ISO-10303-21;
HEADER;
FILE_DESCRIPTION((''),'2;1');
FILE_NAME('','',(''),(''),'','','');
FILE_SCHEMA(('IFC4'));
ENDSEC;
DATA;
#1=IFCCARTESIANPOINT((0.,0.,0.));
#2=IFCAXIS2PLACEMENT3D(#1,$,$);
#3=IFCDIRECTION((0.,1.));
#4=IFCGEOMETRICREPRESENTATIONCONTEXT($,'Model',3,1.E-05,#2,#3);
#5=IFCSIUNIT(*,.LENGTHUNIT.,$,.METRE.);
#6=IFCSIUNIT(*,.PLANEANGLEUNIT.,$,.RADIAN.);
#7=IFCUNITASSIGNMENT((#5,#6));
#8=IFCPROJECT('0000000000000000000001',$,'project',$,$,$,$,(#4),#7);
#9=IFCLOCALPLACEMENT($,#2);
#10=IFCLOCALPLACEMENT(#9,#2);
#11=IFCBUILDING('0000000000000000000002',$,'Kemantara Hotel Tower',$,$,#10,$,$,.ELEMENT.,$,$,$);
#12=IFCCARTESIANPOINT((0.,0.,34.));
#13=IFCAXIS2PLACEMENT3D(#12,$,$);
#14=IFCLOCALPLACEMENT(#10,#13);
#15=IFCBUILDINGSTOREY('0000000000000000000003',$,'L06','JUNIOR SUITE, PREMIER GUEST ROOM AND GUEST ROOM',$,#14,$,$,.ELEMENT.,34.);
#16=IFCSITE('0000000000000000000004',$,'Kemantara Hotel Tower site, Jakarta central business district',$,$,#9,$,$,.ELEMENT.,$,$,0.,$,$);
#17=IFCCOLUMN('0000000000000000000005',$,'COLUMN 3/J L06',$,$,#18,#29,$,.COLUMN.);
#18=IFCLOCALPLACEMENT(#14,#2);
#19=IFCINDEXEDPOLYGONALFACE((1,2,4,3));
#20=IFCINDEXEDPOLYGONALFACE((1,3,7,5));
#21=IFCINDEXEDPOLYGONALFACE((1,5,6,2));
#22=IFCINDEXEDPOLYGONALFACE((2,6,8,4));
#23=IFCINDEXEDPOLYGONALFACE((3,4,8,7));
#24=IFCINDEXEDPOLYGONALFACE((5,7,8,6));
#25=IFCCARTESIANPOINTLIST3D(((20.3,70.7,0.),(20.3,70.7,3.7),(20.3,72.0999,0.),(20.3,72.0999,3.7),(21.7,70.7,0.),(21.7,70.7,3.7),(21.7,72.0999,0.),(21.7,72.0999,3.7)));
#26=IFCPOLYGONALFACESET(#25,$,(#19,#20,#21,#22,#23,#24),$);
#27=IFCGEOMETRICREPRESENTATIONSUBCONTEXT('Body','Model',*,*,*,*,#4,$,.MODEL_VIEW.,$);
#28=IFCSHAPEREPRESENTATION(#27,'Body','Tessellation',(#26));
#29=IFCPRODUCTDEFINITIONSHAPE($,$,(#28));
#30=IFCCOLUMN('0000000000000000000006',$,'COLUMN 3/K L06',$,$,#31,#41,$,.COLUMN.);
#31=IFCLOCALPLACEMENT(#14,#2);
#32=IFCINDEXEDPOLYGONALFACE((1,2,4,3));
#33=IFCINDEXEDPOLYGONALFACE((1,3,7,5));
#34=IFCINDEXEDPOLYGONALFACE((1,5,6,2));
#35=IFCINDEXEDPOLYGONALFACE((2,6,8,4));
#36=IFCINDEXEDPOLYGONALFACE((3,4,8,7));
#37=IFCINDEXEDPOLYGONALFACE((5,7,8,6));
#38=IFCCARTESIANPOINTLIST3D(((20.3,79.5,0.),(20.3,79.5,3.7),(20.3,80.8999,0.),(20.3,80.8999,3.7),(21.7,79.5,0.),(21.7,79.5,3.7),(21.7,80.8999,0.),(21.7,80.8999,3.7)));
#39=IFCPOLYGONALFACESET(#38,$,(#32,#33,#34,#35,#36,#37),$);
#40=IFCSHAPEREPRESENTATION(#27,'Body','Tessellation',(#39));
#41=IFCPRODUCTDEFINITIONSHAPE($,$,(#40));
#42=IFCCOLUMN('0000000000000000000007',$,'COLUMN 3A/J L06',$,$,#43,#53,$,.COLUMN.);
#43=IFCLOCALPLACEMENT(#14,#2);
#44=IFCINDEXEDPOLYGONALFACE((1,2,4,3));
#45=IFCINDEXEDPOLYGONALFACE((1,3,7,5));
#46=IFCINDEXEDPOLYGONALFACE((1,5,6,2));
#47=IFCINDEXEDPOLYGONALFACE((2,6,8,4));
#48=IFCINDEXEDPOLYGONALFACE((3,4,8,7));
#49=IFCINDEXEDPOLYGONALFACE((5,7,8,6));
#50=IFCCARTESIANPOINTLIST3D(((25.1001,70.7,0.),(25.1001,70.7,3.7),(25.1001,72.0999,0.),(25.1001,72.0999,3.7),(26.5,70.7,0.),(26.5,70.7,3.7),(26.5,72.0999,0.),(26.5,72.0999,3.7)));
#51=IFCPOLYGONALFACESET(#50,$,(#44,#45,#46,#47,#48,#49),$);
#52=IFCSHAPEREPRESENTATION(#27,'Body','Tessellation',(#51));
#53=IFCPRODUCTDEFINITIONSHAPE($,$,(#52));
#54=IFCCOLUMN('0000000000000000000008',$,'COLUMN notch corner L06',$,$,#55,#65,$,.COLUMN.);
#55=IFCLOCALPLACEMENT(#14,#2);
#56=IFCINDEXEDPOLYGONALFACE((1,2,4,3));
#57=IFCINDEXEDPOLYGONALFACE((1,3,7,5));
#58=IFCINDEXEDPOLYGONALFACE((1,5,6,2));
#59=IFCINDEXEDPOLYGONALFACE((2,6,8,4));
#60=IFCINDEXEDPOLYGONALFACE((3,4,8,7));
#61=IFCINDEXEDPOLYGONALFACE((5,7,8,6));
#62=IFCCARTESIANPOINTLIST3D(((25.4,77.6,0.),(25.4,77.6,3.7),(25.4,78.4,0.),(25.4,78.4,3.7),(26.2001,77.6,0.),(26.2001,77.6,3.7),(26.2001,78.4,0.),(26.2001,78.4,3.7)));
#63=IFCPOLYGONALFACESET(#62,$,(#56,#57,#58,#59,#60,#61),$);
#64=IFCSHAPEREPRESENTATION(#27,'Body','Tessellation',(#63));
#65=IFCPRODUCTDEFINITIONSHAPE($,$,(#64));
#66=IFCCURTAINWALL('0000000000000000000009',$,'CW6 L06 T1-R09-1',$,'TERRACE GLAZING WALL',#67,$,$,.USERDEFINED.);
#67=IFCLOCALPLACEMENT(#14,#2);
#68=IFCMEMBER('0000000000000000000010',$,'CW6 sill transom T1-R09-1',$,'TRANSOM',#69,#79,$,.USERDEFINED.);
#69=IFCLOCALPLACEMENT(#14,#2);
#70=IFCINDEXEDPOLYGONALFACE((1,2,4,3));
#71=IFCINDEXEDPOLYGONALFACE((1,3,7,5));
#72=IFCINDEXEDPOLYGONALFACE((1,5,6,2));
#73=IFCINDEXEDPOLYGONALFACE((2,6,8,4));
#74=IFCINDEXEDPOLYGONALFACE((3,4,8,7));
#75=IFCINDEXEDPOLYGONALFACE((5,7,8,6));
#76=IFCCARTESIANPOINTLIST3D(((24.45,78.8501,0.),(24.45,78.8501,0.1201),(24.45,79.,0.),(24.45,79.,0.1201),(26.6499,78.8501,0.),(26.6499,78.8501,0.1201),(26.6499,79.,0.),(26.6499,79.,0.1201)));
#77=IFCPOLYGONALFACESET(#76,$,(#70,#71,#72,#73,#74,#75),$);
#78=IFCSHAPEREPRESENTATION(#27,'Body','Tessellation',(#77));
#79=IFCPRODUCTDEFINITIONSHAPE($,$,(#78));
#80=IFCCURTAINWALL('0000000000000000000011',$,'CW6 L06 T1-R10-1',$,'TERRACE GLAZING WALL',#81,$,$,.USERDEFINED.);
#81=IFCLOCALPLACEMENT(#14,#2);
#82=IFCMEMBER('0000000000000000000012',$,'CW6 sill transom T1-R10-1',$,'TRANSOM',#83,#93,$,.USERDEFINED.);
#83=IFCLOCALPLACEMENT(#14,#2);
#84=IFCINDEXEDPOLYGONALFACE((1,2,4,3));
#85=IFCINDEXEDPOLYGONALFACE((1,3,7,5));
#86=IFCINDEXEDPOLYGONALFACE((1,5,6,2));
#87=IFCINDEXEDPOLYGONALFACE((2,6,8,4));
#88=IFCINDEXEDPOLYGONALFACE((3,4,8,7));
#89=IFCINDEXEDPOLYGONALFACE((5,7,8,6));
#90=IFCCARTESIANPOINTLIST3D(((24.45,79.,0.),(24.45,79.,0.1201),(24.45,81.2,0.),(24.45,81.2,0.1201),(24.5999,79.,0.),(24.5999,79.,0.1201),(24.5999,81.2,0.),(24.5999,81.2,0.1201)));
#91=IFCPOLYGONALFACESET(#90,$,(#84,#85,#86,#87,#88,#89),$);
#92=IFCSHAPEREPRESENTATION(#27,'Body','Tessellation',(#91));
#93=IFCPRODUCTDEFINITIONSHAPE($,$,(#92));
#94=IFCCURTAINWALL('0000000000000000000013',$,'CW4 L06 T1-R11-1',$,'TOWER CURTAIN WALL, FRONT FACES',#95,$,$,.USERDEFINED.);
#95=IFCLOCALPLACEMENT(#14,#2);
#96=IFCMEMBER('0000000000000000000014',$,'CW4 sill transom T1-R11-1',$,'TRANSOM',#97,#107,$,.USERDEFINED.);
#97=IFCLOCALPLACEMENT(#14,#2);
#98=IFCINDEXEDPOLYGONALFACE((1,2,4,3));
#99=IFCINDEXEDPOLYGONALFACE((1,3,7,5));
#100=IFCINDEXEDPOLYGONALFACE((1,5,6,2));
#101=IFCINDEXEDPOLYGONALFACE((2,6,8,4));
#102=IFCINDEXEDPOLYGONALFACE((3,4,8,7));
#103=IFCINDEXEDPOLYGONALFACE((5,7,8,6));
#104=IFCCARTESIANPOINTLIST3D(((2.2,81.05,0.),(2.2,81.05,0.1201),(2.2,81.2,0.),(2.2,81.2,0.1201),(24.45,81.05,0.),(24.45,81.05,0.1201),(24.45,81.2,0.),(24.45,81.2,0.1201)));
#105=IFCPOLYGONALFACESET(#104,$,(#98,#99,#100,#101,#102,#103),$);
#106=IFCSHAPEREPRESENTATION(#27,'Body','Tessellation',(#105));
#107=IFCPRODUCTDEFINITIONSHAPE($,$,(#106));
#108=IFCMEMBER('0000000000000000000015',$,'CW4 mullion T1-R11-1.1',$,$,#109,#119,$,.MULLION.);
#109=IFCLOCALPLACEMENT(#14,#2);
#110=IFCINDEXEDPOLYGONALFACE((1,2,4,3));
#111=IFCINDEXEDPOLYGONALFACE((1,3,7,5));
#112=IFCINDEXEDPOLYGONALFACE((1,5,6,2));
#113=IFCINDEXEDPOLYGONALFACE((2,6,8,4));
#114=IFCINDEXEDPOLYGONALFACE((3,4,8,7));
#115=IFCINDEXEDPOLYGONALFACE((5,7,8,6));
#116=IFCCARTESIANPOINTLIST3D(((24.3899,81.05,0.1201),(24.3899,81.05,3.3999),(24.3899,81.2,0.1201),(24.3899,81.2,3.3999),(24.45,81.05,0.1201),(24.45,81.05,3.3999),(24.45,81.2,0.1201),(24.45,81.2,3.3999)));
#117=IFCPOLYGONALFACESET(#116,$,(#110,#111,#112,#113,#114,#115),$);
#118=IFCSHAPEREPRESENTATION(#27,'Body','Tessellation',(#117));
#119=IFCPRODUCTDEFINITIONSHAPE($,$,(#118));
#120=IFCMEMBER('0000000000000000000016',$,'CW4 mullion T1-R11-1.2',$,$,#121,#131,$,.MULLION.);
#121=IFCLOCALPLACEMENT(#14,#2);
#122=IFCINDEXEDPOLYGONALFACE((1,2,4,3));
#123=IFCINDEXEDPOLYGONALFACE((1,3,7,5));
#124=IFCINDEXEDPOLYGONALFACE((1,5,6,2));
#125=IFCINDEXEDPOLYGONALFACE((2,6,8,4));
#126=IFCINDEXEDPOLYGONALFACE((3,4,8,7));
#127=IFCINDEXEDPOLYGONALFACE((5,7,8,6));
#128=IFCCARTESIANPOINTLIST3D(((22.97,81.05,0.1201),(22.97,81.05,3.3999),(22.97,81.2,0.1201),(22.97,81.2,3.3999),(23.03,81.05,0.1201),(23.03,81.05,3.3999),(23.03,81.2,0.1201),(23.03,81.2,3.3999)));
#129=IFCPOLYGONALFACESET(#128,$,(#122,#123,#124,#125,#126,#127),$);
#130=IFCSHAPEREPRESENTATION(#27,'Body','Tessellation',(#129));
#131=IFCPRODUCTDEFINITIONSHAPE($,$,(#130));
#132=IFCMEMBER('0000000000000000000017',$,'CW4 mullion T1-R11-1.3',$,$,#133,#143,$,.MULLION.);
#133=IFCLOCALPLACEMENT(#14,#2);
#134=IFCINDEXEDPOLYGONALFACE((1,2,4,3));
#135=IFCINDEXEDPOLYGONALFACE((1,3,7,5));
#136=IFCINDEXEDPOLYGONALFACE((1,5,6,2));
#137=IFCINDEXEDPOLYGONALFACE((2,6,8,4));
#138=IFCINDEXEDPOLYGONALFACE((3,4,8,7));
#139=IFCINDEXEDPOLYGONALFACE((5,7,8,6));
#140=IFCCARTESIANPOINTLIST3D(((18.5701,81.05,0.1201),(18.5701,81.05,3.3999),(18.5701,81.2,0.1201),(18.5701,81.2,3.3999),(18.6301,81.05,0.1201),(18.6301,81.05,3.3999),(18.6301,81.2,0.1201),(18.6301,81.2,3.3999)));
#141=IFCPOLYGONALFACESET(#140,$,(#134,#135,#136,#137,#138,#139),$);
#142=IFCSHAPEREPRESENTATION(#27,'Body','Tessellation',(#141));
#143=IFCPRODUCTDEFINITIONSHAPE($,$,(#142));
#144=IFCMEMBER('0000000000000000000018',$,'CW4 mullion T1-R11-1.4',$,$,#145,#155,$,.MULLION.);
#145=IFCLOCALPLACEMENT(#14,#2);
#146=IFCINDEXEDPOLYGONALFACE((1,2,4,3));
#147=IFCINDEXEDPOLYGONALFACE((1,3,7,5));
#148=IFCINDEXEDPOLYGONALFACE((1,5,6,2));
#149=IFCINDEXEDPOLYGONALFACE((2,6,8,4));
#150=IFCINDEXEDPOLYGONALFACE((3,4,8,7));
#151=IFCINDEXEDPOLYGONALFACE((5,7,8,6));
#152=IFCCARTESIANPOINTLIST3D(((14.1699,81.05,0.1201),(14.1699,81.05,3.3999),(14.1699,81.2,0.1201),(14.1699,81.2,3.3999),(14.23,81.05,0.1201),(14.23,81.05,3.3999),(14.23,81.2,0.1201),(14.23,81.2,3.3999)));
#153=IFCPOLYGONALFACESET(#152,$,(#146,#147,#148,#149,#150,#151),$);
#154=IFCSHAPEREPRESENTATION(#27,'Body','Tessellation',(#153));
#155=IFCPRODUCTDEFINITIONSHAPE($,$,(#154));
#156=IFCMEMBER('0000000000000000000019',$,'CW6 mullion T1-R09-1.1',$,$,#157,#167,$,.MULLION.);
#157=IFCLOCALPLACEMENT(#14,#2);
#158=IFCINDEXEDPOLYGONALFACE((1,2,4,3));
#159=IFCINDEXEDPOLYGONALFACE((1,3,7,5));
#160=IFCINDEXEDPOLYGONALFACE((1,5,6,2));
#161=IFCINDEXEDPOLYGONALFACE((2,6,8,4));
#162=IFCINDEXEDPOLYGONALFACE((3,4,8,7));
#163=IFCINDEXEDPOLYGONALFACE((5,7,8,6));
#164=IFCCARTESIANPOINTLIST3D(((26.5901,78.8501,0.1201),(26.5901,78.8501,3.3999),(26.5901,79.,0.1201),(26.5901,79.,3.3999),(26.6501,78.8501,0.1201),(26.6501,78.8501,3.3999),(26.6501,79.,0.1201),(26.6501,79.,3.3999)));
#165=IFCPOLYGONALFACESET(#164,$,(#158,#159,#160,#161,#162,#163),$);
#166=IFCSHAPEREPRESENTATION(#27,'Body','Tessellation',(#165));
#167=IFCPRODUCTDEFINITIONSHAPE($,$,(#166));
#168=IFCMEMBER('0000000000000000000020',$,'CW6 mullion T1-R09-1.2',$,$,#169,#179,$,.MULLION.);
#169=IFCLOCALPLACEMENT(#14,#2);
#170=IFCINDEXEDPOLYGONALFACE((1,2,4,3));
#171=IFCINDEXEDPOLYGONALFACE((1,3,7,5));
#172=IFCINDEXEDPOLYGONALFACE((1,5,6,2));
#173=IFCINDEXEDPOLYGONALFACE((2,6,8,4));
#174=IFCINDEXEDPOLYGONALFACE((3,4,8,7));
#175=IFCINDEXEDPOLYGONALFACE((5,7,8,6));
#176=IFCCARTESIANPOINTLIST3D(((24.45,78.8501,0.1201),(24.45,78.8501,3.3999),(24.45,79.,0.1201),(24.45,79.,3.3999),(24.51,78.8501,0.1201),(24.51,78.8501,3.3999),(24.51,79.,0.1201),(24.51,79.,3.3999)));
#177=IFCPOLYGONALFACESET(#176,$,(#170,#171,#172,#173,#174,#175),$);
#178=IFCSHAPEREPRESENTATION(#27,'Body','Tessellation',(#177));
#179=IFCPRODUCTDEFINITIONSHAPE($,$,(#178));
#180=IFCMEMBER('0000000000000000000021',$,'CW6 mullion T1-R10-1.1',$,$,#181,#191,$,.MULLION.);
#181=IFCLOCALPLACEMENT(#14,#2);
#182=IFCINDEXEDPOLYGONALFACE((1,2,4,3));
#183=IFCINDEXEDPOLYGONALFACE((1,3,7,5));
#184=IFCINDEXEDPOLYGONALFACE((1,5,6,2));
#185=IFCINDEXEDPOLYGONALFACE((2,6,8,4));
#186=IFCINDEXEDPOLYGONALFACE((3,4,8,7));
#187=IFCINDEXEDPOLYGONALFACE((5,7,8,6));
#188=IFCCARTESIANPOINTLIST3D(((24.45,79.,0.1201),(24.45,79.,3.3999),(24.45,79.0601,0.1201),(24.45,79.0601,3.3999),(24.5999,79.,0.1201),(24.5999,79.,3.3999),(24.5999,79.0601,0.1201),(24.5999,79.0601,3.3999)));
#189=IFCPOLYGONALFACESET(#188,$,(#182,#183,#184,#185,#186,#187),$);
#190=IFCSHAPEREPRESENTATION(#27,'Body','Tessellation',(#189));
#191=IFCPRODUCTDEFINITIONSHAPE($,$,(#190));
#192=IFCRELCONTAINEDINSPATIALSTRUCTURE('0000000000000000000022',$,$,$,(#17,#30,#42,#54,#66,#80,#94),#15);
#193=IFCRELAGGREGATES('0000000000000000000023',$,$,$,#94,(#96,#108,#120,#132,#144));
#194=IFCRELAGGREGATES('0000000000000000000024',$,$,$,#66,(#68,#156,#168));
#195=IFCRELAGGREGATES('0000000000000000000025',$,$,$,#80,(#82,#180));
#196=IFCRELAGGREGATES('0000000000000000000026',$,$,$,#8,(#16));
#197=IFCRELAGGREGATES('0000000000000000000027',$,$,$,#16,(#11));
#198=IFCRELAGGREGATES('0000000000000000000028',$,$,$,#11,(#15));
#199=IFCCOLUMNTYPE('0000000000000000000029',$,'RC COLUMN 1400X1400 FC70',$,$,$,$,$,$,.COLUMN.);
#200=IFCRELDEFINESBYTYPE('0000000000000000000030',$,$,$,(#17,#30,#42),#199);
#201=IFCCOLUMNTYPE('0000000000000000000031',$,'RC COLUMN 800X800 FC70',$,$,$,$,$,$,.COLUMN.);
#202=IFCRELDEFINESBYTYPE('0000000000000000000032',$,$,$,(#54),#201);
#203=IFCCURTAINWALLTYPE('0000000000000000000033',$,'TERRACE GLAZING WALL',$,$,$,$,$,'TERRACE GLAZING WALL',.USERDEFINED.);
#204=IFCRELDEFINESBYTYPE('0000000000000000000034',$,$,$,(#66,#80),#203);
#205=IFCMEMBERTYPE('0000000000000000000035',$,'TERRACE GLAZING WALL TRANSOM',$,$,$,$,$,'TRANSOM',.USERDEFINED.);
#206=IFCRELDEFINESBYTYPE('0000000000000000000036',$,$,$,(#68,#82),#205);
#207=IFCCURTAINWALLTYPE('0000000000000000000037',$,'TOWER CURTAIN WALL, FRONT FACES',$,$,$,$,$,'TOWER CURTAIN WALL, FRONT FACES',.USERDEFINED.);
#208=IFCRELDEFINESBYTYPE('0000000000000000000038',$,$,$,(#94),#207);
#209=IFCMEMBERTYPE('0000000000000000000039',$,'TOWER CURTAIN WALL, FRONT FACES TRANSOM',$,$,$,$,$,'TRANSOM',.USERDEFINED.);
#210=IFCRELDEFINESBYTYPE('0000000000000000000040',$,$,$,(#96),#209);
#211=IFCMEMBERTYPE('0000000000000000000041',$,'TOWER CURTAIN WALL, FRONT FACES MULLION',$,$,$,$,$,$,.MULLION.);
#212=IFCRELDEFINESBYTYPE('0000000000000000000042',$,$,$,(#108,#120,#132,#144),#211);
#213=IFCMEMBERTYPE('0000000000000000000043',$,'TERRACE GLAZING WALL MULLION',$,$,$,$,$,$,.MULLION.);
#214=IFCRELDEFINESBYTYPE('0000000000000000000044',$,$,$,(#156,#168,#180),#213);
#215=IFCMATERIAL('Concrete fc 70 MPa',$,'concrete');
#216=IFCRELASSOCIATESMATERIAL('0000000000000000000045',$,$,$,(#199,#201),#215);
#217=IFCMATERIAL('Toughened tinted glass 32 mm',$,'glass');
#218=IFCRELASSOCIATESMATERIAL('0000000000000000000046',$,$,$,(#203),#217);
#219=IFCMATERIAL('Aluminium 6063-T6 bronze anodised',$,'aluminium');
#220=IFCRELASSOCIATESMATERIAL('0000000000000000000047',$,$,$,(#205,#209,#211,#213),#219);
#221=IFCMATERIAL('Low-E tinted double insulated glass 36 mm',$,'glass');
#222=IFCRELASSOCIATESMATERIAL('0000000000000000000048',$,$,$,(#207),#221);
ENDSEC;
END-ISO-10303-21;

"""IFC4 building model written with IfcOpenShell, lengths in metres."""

from ifc_helpers import new_model, si_unit, direction, frame, origin, origin_2d, place, context, subcontext, project, spatial, rectangle, extrude, source, transform, mapped, material, material_profile, profile_set, type_object, element, aggregate, save


model = new_model("IFC4")

# Units and contexts
model_context = context("Model", 3, precision=1e-05, world=origin(), true_north=direction((0.0, 1.0)))
body_context = subcontext(model_context, "Body", "Model", "MODEL_VIEW")
ifc_project = project(units=[si_unit("LENGTHUNIT", "METRE"), si_unit("PLANEANGLEUNIT", "RADIAN")], contexts=[model_context])

# Site, building, storey
site_placement = place(None, origin())
site = spatial("IfcSite", under=ifc_project, at=site_placement, Name="Kemantara Hotel Tower site, Jakarta central business district", CompositionType="ELEMENT", RefElevation=0.0)
building_placement = place(site_placement, origin())
building = spatial("IfcBuilding", under=site, at=building_placement, Name="Kemantara Hotel Tower", CompositionType="ELEMENT")
storey_placement = place(building_placement, frame((0.0, 0.0, 34.0)))
storey = spatial("IfcBuildingStorey", under=building, at=storey_placement, Name="L06", Description="JUNIOR SUITE, PREMIER GUEST ROOM AND GUEST ROOM", CompositionType="ELEMENT", Elevation=34.0)

# Columns
ifc_material_1 = material(Name="Concrete fc 70 MPa", Category="concrete")
ifc_material_profile_1 = material_profile(ifc_material_1, rectangle(XDim=1.3999, YDim=1.3999, at=origin_2d()), Name="RC 1400X1400")
ifc_profile_set_1 = profile_set([ifc_material_profile_1], Name="Concrete fc 70 MPa")
column_type_1 = type_object("IfcColumnType", Name="RC COLUMN 1400X1400 FC70", PredefinedType="COLUMN", material=ifc_profile_set_1)
for number, where, z_axis, x_axis, name in (
    (1, (21.0, 71.3999, 0.0), (0.0, 0.0, 1.0), (1.0, 0.0, 0.0), "COLUMN 3/J L06"),
    (2, (21.0, 80.2, 0.0), (0.0, 0.0, 1.0), (1.0, 0.0, 0.0), "COLUMN 3/K L06"),
    (3, (25.8, 71.3999, 0.0), (0.0, 0.0, 1.0), (1.0, 0.0, 0.0), "COLUMN 3A/J L06"),
):
    element("IfcColumn", number, at=place(storey_placement, frame(where, z_axis=z_axis, x_axis=x_axis)), inside=storey, type_object=column_type_1, Name=name, PredefinedType="COLUMN", context=body_context, shape_type="SweptSolid", body=[
        extrude(rectangle(XDim=1.3999, YDim=1.3999, at=origin_2d()), origin(), (0.0, 0.0, 1.0), 3.7),
    ])
ifc_material_profile_2 = material_profile(ifc_material_1, rectangle(XDim=0.8, YDim=0.8, at=origin_2d()), Name="RC 800X800")
ifc_profile_set_2 = profile_set([ifc_material_profile_2], Name="Concrete fc 70 MPa")
column_type_2 = type_object("IfcColumnType", Name="RC COLUMN 800X800 FC70", PredefinedType="COLUMN", material=ifc_profile_set_2)
column_placement = place(storey_placement, frame((25.8, 78.0, 0.0), z_axis=(0.0, 0.0, 1.0), x_axis=(1.0, 0.0, 0.0)))
element("IfcColumn", 4, at=column_placement, inside=storey, type_object=column_type_2, Name="COLUMN notch corner L06", PredefinedType="COLUMN", context=body_context, shape_type="SweptSolid", body=[
    extrude(rectangle(XDim=0.8, YDim=0.8, at=origin_2d()), origin(), (0.0, 0.0, 1.0), 3.7),
])

# Curtain walls, members
ifc_material_2 = material(Name="Toughened tinted glass 32 mm", Category="glass")
curtain_wall_type_1 = type_object("IfcCurtainWallType", Name="TERRACE GLAZING WALL", ElementType="TERRACE GLAZING WALL", PredefinedType="USERDEFINED", material=ifc_material_2)
curtain_wall_1_placement = place(storey_placement, origin())
curtain_wall_1 = element("IfcCurtainWall", 5, at=curtain_wall_1_placement, inside=storey, type_object=curtain_wall_type_1, Name="CW6 L06 T1-R09-1", ObjectType="TERRACE GLAZING WALL", PredefinedType="USERDEFINED")
ifc_material_3 = material(Name="Aluminium 6063-T6 bronze anodised", Category="aluminium")
ifc_material_profile_3 = material_profile(ifc_material_3, rectangle(XDim=0.1499, YDim=0.1201, at=origin_2d()), Name="TERRACE GLAZING WALL TRANSOM")
ifc_profile_set_3 = profile_set([ifc_material_profile_3], Name="Aluminium 6063-T6 bronze anodised")
member_type_1 = type_object("IfcMemberType", Name="TERRACE GLAZING WALL TRANSOM", ElementType="TRANSOM", PredefinedType="USERDEFINED", material=ifc_profile_set_3)
member_1_placement = place(storey_placement, frame((26.6499, 78.925, 0.0601), z_axis=(-1.0, 0.0, 0.0), x_axis=(0.0, -1.0, 0.0)))
member_1 = element("IfcMember", 6, at=member_1_placement, type_object=member_type_1, Name="CW6 sill transom T1-R09-1", ObjectType="TRANSOM", PredefinedType="USERDEFINED", context=body_context, shape_type="SweptSolid", body=[
    extrude(rectangle(XDim=0.1499, YDim=0.1201, at=origin_2d()), origin(), (0.0, 0.0, 1.0), 2.2),
])
curtain_wall_2_placement = place(storey_placement, origin())
curtain_wall_2 = element("IfcCurtainWall", 7, at=curtain_wall_2_placement, inside=storey, type_object=curtain_wall_type_1, Name="CW6 L06 T1-R10-1", ObjectType="TERRACE GLAZING WALL", PredefinedType="USERDEFINED")
member_2_placement = place(storey_placement, frame((24.5249, 79.0, 0.0601), z_axis=(0.0, 1.0, 0.0), x_axis=(-1.0, 0.0, 0.0)))
member_2 = element("IfcMember", 8, at=member_2_placement, type_object=member_type_1, Name="CW6 sill transom T1-R10-1", ObjectType="TRANSOM", PredefinedType="USERDEFINED", context=body_context, shape_type="SweptSolid", body=[
    extrude(rectangle(XDim=0.1499, YDim=0.1201, at=origin_2d()), origin(), (0.0, 0.0, 1.0), 2.2),
])

# Curtain wall, members
ifc_material_4 = material(Name="Low-E tinted double insulated glass 36 mm", Category="glass")
curtain_wall_type_2 = type_object("IfcCurtainWallType", Name="TOWER CURTAIN WALL, FRONT FACES", ElementType="TOWER CURTAIN WALL, FRONT FACES", PredefinedType="USERDEFINED", material=ifc_material_4)
curtain_wall_3_placement = place(storey_placement, origin())
curtain_wall_3 = element("IfcCurtainWall", 9, at=curtain_wall_3_placement, inside=storey, type_object=curtain_wall_type_2, Name="CW4 L06 T1-R11-1", ObjectType="TOWER CURTAIN WALL, FRONT FACES", PredefinedType="USERDEFINED")
ifc_material_profile_4 = material_profile(ifc_material_3, rectangle(XDim=0.1499, YDim=0.1201, at=origin_2d()), Name="TOWER CURTAIN WALL, FRONT FACES TRANSOM")
ifc_profile_set_4 = profile_set([ifc_material_profile_4], Name="Aluminium 6063-T6 bronze anodised")
member_type_2 = type_object("IfcMemberType", Name="TOWER CURTAIN WALL, FRONT FACES TRANSOM", ElementType="TRANSOM", PredefinedType="USERDEFINED", material=ifc_profile_set_4)
member_3_placement = place(storey_placement, frame((24.45, 81.125, 0.0601), z_axis=(-1.0, 0.0, 0.0), x_axis=(0.0, -1.0, 0.0)))
member_3 = element("IfcMember", 10, at=member_3_placement, type_object=member_type_2, Name="CW4 sill transom T1-R11-1", ObjectType="TRANSOM", PredefinedType="USERDEFINED", context=body_context, shape_type="SweptSolid", body=[
    extrude(rectangle(XDim=0.1499, YDim=0.1201, at=origin_2d()), origin(), (0.0, 0.0, 1.0), 22.25),
])
ifc_material_profile_5 = material_profile(ifc_material_3, rectangle(XDim=0.1499, YDim=0.0601, at=origin_2d()), Name="TOWER CURTAIN WALL, FRONT FACES MULLION")
ifc_profile_set_5 = profile_set([ifc_material_profile_5], Name="Aluminium 6063-T6 bronze anodised")
member_type_3 = type_object("IfcMemberType", Name="TOWER CURTAIN WALL, FRONT FACES MULLION", PredefinedType="MULLION", material=ifc_profile_set_5)
shared_shape_1 = source(origin(), body_context, "Body", "SweptSolid", [
    extrude(rectangle(XDim=0.1499, YDim=0.0601, at=origin_2d()), origin(), (0.0, 0.0, 1.0), 3.2798),
])
member_4_placement = place(storey_placement, frame((24.4199, 81.125, 0.1201), z_axis=(0.0, 0.0, 1.0), x_axis=(0.0, -1.0, 0.0)))
member_4 = element("IfcMember", 11, at=member_4_placement, type_object=member_type_3, Name="CW4 mullion T1-R11-1.1", PredefinedType="MULLION", context=body_context, shape_type="MappedRepresentation", body=[
    mapped(shared_shape_1, transform((0.0, 0.0, 0.0))),
])
member_5_placement = place(storey_placement, frame((23.0, 81.125, 0.1201), z_axis=(0.0, 0.0, 1.0), x_axis=(0.0, -1.0, 0.0)))
member_5 = element("IfcMember", 12, at=member_5_placement, type_object=member_type_3, Name="CW4 mullion T1-R11-1.2", PredefinedType="MULLION", context=body_context, shape_type="MappedRepresentation", body=[
    mapped(shared_shape_1, transform((0.0, 0.0, 0.0))),
])
member_6_placement = place(storey_placement, frame((18.6001, 81.125, 0.1201), z_axis=(0.0, 0.0, 1.0), x_axis=(0.0, -1.0, 0.0)))
member_6 = element("IfcMember", 13, at=member_6_placement, type_object=member_type_3, Name="CW4 mullion T1-R11-1.3", PredefinedType="MULLION", context=body_context, shape_type="MappedRepresentation", body=[
    mapped(shared_shape_1, transform((0.0, 0.0, 0.0))),
])
member_7_placement = place(storey_placement, frame((14.2, 81.125, 0.1201), z_axis=(0.0, 0.0, 1.0), x_axis=(0.0, -1.0, 0.0)))
member_7 = element("IfcMember", 14, at=member_7_placement, type_object=member_type_3, Name="CW4 mullion T1-R11-1.4", PredefinedType="MULLION", context=body_context, shape_type="MappedRepresentation", body=[
    mapped(shared_shape_1, transform((0.0, 0.0, 0.0))),
])

# Members
ifc_material_profile_6 = material_profile(ifc_material_3, rectangle(XDim=0.1499, YDim=0.0601, at=origin_2d()), Name="TERRACE GLAZING WALL MULLION")
ifc_profile_set_6 = profile_set([ifc_material_profile_6], Name="Aluminium 6063-T6 bronze anodised")
member_type_4 = type_object("IfcMemberType", Name="TERRACE GLAZING WALL MULLION", PredefinedType="MULLION", material=ifc_profile_set_6)
shared_shape_2 = source(origin(), body_context, "Body", "SweptSolid", [
    extrude(rectangle(XDim=0.1499, YDim=0.0601, at=origin_2d()), origin(), (0.0, 0.0, 1.0), 3.2798),
])
member_8_placement = place(storey_placement, frame((26.6201, 78.925, 0.1201), z_axis=(0.0, 0.0, 1.0), x_axis=(0.0, -1.0, 0.0)))
member_8 = element("IfcMember", 15, at=member_8_placement, type_object=member_type_4, Name="CW6 mullion T1-R09-1.1", PredefinedType="MULLION", context=body_context, shape_type="MappedRepresentation", body=[
    mapped(shared_shape_2, transform((0.0, 0.0, 0.0))),
])
member_9_placement = place(storey_placement, frame((24.48, 78.925, 0.1201), z_axis=(0.0, 0.0, 1.0), x_axis=(0.0, -1.0, 0.0)))
member_9 = element("IfcMember", 16, at=member_9_placement, type_object=member_type_4, Name="CW6 mullion T1-R09-1.2", PredefinedType="MULLION", context=body_context, shape_type="MappedRepresentation", body=[
    mapped(shared_shape_2, transform((0.0, 0.0, 0.0))),
])
member_10_placement = place(storey_placement, frame((24.5249, 79.03, 0.1201), z_axis=(0.0, 0.0, 1.0), x_axis=(-1.0, 0.0, 0.0)))
member_10 = element("IfcMember", 17, at=member_10_placement, type_object=member_type_4, Name="CW6 mullion T1-R10-1.1", PredefinedType="MULLION", context=body_context, shape_type="MappedRepresentation", body=[
    mapped(shared_shape_2, transform((0.0, 0.0, 0.0))),
])

aggregate(curtain_wall_3, [member_3, member_4, member_5, member_6, member_7])
aggregate(curtain_wall_1, [member_1, member_8, member_9])
aggregate(curtain_wall_2, [member_2, member_10])

save(model, "model.ifc")
